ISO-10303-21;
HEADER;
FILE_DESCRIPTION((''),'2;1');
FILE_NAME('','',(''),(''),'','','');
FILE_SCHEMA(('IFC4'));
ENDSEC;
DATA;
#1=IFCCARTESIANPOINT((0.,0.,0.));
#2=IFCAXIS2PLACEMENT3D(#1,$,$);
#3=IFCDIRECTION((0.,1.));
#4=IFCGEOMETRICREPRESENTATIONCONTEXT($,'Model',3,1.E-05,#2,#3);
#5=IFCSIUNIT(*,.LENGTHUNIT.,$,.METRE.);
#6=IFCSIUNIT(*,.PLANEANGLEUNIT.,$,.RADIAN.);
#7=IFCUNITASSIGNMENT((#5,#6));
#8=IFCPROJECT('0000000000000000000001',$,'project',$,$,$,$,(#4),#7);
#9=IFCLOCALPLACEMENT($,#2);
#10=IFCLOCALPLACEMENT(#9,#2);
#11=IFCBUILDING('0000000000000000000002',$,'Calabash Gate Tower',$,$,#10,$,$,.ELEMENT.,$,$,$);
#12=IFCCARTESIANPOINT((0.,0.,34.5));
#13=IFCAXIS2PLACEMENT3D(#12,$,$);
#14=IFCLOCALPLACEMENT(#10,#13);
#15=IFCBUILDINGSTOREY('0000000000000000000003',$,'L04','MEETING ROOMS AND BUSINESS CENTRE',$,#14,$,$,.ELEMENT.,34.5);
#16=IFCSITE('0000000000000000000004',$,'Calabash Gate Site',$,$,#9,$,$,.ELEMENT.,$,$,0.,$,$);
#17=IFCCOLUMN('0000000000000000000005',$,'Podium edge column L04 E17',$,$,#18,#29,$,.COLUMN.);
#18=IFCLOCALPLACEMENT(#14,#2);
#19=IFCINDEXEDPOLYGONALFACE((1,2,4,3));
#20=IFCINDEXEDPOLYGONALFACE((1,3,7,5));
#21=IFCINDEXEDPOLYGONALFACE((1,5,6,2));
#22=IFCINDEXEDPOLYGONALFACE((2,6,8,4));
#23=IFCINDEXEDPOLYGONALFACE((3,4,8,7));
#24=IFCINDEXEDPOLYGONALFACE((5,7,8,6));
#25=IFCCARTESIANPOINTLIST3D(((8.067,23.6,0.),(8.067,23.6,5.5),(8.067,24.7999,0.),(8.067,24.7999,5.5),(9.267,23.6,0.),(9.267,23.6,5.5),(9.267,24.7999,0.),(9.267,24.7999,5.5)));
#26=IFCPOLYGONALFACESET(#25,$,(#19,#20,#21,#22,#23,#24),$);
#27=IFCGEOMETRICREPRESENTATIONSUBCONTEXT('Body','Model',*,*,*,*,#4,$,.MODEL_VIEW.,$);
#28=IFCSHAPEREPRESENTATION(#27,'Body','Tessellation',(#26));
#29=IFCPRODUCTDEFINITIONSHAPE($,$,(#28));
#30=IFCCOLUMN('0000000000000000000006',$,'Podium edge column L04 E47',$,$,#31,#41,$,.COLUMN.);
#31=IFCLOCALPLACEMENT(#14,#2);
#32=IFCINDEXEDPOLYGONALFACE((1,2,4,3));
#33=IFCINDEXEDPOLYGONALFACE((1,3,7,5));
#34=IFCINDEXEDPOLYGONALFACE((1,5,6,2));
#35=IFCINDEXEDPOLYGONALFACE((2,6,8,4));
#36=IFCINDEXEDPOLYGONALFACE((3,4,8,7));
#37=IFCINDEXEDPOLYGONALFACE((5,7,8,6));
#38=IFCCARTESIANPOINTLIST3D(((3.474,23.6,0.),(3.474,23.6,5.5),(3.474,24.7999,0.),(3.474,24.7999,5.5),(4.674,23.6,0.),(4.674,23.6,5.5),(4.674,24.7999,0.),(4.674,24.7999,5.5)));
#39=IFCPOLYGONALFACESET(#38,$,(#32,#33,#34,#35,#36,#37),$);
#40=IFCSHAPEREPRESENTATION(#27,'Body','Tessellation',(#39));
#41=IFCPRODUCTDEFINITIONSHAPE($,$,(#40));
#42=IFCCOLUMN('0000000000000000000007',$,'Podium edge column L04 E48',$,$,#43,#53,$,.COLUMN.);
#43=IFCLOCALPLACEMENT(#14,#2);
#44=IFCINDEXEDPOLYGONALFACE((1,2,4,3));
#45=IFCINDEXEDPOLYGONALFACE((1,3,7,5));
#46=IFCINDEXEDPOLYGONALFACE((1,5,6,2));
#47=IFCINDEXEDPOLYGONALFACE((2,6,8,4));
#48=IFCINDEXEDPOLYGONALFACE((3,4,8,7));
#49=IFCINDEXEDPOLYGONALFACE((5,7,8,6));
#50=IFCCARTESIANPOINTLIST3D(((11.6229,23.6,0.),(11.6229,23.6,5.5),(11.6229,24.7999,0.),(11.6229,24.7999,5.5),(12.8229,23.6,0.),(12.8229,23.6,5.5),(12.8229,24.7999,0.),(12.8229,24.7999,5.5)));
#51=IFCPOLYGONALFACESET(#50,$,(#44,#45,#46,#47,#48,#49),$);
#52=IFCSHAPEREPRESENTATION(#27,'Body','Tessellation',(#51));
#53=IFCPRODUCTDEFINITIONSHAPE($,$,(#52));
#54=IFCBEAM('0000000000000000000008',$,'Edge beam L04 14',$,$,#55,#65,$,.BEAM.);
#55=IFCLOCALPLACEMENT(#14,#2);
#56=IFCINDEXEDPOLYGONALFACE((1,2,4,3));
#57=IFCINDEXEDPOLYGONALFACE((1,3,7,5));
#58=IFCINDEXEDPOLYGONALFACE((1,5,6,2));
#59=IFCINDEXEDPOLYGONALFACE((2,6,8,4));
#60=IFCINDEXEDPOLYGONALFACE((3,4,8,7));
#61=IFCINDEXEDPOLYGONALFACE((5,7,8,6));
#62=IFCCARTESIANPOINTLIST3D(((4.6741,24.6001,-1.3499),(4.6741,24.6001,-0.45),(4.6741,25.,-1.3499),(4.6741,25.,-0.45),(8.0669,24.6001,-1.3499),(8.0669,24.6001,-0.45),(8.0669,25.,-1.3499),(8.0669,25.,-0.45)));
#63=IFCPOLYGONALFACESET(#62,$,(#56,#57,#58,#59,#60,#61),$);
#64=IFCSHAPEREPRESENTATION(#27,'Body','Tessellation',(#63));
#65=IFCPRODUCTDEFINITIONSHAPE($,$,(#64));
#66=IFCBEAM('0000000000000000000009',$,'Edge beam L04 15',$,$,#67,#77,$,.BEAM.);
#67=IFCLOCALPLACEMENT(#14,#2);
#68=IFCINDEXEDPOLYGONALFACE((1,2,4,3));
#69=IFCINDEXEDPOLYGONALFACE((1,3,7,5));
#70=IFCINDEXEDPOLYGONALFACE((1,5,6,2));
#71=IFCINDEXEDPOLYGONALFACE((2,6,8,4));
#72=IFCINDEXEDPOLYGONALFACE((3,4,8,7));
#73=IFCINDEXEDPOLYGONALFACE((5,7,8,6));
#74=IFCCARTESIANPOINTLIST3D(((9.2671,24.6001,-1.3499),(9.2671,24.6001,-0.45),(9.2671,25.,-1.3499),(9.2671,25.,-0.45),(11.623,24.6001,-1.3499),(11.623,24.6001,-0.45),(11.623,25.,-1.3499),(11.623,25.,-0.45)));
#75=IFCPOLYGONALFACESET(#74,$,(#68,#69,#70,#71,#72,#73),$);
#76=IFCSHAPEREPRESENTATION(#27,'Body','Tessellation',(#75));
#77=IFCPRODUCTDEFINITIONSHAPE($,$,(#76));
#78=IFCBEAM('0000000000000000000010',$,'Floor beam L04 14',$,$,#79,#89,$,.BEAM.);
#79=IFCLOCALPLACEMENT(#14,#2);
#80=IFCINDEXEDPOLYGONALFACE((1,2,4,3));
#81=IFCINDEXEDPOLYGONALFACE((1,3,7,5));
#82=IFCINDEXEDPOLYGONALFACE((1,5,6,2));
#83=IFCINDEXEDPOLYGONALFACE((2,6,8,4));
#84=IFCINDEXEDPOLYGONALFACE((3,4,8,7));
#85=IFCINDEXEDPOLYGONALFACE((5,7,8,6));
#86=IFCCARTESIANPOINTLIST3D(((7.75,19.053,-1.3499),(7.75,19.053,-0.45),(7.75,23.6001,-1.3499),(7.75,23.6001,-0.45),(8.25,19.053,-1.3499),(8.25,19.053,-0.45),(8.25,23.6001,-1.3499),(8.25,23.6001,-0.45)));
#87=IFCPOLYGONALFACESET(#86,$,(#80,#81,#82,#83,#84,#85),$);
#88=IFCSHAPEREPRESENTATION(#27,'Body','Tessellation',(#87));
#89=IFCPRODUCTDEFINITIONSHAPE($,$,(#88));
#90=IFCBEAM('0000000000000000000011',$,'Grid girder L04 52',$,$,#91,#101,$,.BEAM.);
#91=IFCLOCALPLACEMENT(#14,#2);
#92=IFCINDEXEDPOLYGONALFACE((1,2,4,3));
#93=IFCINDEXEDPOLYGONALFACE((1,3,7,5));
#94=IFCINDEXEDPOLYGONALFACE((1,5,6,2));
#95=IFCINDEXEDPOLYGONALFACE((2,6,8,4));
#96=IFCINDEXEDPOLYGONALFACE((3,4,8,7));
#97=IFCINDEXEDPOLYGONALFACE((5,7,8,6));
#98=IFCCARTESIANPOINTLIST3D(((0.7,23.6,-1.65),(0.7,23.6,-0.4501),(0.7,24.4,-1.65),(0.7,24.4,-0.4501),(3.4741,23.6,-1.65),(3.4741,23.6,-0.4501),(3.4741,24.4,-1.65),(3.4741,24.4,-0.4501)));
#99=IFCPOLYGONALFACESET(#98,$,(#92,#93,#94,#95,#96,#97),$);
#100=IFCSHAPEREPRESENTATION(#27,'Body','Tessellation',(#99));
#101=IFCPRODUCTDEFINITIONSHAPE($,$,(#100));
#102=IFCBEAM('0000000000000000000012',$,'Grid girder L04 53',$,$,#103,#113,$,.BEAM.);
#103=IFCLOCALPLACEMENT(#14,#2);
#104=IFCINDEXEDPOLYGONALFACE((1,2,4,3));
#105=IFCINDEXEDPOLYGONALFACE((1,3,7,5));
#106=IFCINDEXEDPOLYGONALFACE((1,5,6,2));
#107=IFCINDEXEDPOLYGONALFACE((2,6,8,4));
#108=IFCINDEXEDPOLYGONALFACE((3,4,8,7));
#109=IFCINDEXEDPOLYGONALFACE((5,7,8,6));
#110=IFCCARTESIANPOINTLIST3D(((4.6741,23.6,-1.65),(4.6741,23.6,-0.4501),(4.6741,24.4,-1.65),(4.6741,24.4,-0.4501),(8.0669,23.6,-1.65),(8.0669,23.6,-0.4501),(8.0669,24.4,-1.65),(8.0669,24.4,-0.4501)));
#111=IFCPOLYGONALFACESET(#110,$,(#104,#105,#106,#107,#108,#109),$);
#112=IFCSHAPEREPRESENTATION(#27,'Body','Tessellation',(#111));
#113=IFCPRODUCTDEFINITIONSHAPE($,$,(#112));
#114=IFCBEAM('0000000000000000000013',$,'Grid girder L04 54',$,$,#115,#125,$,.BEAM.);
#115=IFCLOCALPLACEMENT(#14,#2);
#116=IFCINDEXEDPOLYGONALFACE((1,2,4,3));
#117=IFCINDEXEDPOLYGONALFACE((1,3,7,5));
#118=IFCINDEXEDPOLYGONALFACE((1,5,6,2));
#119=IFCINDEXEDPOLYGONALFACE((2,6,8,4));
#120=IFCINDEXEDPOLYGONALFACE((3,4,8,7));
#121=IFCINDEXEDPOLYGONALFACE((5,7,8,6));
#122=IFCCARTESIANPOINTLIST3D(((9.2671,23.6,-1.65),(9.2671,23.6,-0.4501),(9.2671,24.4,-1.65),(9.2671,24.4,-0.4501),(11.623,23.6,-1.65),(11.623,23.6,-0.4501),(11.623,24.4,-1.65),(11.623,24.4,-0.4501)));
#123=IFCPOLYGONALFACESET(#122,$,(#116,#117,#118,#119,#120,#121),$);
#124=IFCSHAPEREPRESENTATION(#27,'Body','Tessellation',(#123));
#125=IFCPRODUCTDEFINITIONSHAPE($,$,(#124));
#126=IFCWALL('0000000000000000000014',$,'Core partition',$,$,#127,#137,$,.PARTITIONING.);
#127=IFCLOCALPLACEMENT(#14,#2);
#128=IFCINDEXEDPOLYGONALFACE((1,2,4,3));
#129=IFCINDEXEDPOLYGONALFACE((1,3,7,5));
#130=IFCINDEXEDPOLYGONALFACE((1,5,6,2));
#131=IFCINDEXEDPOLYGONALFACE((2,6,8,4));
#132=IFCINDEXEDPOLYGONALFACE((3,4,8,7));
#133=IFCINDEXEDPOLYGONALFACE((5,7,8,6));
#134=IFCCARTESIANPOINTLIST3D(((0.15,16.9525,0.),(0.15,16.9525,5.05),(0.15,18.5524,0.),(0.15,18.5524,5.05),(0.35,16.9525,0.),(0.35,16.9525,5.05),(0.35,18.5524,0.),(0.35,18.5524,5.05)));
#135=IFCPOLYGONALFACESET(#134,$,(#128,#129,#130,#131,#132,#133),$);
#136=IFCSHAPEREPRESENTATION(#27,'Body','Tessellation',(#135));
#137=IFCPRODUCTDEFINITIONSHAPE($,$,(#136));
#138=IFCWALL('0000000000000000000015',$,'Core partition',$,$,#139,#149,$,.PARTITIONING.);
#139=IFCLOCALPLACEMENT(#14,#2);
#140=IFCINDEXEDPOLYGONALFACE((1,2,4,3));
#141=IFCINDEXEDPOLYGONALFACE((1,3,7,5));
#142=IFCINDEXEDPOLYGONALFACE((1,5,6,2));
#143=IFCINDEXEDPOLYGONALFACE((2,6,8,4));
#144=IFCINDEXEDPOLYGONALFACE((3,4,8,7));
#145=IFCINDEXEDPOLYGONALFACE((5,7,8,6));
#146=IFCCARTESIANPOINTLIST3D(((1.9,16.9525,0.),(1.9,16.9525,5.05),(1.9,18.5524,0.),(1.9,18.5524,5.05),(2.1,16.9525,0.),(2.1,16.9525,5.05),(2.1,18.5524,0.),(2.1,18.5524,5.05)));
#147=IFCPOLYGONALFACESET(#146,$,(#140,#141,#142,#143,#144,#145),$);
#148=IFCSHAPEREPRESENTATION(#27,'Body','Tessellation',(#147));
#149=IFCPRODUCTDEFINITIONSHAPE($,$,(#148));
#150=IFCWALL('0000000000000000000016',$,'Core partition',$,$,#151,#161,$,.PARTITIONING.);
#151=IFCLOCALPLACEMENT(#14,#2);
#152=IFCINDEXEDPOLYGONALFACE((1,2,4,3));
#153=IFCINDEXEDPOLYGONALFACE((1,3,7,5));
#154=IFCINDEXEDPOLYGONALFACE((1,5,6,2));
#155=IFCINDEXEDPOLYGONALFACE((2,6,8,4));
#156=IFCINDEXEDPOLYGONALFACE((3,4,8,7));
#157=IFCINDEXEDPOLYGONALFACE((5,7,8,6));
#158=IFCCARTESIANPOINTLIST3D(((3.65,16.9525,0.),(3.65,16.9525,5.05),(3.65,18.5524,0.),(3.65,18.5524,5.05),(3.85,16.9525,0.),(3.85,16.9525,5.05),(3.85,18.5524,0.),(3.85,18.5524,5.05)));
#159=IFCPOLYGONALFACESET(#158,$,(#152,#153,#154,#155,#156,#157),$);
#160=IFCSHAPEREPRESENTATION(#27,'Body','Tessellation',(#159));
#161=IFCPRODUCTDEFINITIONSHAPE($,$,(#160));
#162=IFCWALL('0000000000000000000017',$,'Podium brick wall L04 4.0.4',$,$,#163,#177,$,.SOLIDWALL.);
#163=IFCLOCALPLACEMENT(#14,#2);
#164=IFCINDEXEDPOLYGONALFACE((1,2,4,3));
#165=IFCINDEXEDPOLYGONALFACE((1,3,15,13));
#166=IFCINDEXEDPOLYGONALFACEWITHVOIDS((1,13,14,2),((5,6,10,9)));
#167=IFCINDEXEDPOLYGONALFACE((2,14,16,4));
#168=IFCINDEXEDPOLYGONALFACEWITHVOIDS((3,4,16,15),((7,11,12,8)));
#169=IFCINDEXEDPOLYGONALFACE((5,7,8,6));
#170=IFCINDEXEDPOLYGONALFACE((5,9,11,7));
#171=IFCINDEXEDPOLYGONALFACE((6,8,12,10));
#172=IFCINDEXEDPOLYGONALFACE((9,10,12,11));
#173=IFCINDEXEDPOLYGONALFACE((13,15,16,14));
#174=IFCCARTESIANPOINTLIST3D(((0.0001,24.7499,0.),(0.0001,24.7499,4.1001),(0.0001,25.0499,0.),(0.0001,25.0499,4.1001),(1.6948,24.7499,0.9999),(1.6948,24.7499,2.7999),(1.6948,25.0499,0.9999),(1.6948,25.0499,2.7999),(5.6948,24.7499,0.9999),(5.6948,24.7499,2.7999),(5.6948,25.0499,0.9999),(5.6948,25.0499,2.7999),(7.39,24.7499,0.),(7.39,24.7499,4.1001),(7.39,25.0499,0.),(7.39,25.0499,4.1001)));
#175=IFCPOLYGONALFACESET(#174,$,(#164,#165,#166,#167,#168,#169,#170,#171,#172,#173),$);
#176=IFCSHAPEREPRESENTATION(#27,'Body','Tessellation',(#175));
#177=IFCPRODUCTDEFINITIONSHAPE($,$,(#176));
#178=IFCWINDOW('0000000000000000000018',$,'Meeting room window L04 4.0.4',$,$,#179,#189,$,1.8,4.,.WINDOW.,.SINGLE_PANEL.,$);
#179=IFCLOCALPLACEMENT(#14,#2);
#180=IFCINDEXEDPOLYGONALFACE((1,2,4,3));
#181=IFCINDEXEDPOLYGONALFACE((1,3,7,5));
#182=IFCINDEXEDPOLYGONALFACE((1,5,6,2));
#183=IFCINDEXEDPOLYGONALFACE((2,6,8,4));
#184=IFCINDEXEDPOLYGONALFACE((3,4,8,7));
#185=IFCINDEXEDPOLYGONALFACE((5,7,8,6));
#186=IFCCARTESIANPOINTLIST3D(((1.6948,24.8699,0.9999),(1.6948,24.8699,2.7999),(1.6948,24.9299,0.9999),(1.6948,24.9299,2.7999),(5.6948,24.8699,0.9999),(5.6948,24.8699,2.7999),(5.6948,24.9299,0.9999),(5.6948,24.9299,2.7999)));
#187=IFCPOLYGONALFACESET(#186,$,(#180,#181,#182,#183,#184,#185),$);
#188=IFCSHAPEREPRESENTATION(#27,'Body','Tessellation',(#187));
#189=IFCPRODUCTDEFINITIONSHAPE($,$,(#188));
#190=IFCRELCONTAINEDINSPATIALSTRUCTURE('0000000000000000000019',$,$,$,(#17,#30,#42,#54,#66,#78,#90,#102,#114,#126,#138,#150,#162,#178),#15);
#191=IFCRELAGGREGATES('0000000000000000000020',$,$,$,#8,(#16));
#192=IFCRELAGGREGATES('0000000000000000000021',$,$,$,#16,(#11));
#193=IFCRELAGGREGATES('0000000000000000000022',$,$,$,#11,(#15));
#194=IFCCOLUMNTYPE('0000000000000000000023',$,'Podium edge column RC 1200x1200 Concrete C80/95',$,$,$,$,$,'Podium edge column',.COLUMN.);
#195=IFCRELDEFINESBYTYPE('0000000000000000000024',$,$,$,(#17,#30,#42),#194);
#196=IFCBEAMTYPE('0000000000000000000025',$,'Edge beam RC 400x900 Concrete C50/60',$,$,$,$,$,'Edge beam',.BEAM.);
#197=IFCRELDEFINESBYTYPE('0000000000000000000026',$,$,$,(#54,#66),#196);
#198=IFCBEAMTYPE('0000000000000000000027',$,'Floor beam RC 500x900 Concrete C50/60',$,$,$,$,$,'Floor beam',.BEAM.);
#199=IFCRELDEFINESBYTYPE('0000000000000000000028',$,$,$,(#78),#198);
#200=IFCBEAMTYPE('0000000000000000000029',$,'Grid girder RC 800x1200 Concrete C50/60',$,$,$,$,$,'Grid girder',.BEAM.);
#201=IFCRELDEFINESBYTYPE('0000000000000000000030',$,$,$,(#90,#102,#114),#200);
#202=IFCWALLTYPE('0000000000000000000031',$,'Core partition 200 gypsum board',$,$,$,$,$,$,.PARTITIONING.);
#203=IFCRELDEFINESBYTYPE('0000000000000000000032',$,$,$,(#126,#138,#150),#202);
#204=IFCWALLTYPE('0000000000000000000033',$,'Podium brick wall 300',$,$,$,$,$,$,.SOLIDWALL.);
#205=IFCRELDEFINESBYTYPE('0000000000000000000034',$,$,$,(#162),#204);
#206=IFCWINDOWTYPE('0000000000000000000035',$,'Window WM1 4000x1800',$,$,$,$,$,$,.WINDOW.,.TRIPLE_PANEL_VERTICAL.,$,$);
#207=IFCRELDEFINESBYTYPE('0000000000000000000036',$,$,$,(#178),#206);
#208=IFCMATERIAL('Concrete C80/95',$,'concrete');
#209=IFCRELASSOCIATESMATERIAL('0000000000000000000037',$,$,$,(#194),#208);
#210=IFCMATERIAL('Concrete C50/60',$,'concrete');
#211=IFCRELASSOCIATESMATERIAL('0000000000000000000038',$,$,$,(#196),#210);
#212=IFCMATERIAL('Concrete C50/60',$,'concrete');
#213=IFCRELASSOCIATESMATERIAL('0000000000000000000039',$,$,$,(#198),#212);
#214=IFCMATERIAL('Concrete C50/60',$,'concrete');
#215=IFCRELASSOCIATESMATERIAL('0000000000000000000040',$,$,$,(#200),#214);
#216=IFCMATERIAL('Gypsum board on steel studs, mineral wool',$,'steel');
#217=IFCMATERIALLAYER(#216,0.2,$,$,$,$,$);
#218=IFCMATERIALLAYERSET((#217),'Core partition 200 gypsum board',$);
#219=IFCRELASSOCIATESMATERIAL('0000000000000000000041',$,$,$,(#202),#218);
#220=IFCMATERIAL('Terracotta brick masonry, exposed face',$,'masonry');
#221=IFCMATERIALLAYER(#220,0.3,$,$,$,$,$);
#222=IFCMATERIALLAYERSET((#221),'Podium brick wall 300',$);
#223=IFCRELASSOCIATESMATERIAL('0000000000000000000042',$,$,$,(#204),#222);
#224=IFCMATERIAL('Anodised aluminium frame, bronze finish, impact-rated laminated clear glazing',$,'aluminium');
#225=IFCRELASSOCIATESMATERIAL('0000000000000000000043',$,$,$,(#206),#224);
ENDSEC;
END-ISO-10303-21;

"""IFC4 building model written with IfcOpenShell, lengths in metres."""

from ifc_helpers import new_model, si_unit, direction, frame, frame_2d, origin, origin_2d, place, context, subcontext, project, spatial, rectangle, extrude, material, layer, layer_set, material_profile, profile_set, type_object, element, fill, save


model = new_model("IFC4")

# Units and contexts
model_context = context("Model", 3, precision=1e-05, world=origin(), true_north=direction((0.0, 1.0)))
body_context = subcontext(model_context, "Body", "Model", "MODEL_VIEW")
ifc_project = project(units=[si_unit("LENGTHUNIT", "METRE"), si_unit("PLANEANGLEUNIT", "RADIAN")], contexts=[model_context])

# Site, building, storey
site_placement = place(None, origin())
site = spatial("IfcSite", under=ifc_project, at=site_placement, Name="Calabash Gate Site", CompositionType="ELEMENT", RefElevation=0.0)
building_placement = place(site_placement, origin())
building = spatial("IfcBuilding", under=site, at=building_placement, Name="Calabash Gate Tower", CompositionType="ELEMENT")
storey_placement = place(building_placement, frame((0.0, 0.0, 34.5)))
storey = spatial("IfcBuildingStorey", under=building, at=storey_placement, Name="L04", Description="MEETING ROOMS AND BUSINESS CENTRE", CompositionType="ELEMENT", Elevation=34.5)

# Columns
ifc_material_1 = material(Name="Concrete C80/95", Category="concrete")
ifc_material_profile_1 = material_profile(ifc_material_1, rectangle(XDim=1.2, YDim=1.2, at=origin_2d()))
ifc_profile_set_1 = profile_set([ifc_material_profile_1], Name="Concrete C80/95")
column_type = type_object("IfcColumnType", Name="Podium edge column RC 1200x1200 Concrete C80/95", ElementType="Podium edge column", PredefinedType="COLUMN", material=ifc_profile_set_1)
for number, where, z_axis, x_axis, name in (
    (1, (8.667, 24.2, 0.0), (0.0, 0.0, 1.0), (1.0, 0.0, 0.0), "Podium edge column L04 E17"),
    (2, (4.074, 24.2, 0.0), (0.0, 0.0, 1.0), (1.0, 0.0, 0.0), "Podium edge column L04 E47"),
    (3, (12.2229, 24.2, 0.0), (0.0, 0.0, 1.0), (1.0, 0.0, 0.0), "Podium edge column L04 E48"),
):
    element("IfcColumn", number, at=place(storey_placement, frame(where, z_axis=z_axis, x_axis=x_axis)), inside=storey, type_object=column_type, Name=name, PredefinedType="COLUMN", context=body_context, shape_type="SweptSolid", body=[
        extrude(rectangle(XDim=1.2, YDim=1.2, at=origin_2d()), origin(), (0.0, 0.0, 1.0), 5.5),
    ])

# Beams
ifc_material_2 = material(Name="Concrete C50/60", Category="concrete")
ifc_material_profile_2 = material_profile(ifc_material_2, rectangle(XDim=0.3999, YDim=0.8999, at=origin_2d()))
ifc_profile_set_2 = profile_set([ifc_material_profile_2], Name="Concrete C50/60")
beam_type_1 = type_object("IfcBeamType", Name="Edge beam RC 400x900 Concrete C50/60", ElementType="Edge beam", PredefinedType="BEAM", material=ifc_profile_set_2)
beam_1_placement = place(storey_placement, frame((4.6741, 24.8, -0.8999), z_axis=(1.0, 0.0, 0.0), x_axis=(0.0, 1.0, 0.0)))
element("IfcBeam", 4, at=beam_1_placement, inside=storey, type_object=beam_type_1, Name="Edge beam L04 14", PredefinedType="BEAM", context=body_context, shape_type="SweptSolid", body=[
    extrude(rectangle(XDim=0.3999, YDim=0.8999, at=origin_2d()), origin(), (0.0, 0.0, 1.0), 3.3928),
])
beam_2_placement = place(storey_placement, frame((9.2671, 24.8, -0.8999), z_axis=(1.0, 0.0, 0.0), x_axis=(0.0, 1.0, 0.0)))
element("IfcBeam", 5, at=beam_2_placement, inside=storey, type_object=beam_type_1, Name="Edge beam L04 15", PredefinedType="BEAM", context=body_context, shape_type="SweptSolid", body=[
    extrude(rectangle(XDim=0.3999, YDim=0.8999, at=origin_2d()), origin(), (0.0, 0.0, 1.0), 2.356),
])
ifc_material_3 = material(Name="Concrete C50/60", Category="concrete")
ifc_material_profile_3 = material_profile(ifc_material_3, rectangle(XDim=0.5, YDim=0.8999, at=origin_2d()))
ifc_profile_set_3 = profile_set([ifc_material_profile_3], Name="Concrete C50/60")
beam_type_2 = type_object("IfcBeamType", Name="Floor beam RC 500x900 Concrete C50/60", ElementType="Floor beam", PredefinedType="BEAM", material=ifc_profile_set_3)
beam_3_placement = place(storey_placement, frame((8.0, 19.053, -0.8999), z_axis=(0.0, 1.0, 0.0), x_axis=(-1.0, 0.0, 0.0)))
element("IfcBeam", 6, at=beam_3_placement, inside=storey, type_object=beam_type_2, Name="Floor beam L04 14", PredefinedType="BEAM", context=body_context, shape_type="SweptSolid", body=[
    extrude(rectangle(XDim=0.5, YDim=0.8999, at=origin_2d()), origin(), (0.0, 0.0, 1.0), 4.5471),
])
ifc_material_4 = material(Name="Concrete C50/60", Category="concrete")
ifc_material_profile_4 = material_profile(ifc_material_4, rectangle(XDim=0.8, YDim=1.2, at=origin_2d()))
ifc_profile_set_4 = profile_set([ifc_material_profile_4], Name="Concrete C50/60")
beam_type_3 = type_object("IfcBeamType", Name="Grid girder RC 800x1200 Concrete C50/60", ElementType="Grid girder", PredefinedType="BEAM", material=ifc_profile_set_4)
beam_4_placement = place(storey_placement, frame((0.7, 24.0, -1.05), z_axis=(1.0, 0.0, 0.0), x_axis=(0.0, 1.0, 0.0)))
element("IfcBeam", 7, at=beam_4_placement, inside=storey, type_object=beam_type_3, Name="Grid girder L04 52", PredefinedType="BEAM", context=body_context, shape_type="SweptSolid", body=[
    extrude(rectangle(XDim=0.8, YDim=1.2, at=origin_2d()), origin(), (0.0, 0.0, 1.0), 2.7742),
])
beam_5_placement = place(storey_placement, frame((4.6741, 24.0, -1.05), z_axis=(1.0, 0.0, 0.0), x_axis=(0.0, 1.0, 0.0)))
element("IfcBeam", 8, at=beam_5_placement, inside=storey, type_object=beam_type_3, Name="Grid girder L04 53", PredefinedType="BEAM", context=body_context, shape_type="SweptSolid", body=[
    extrude(rectangle(XDim=0.8, YDim=1.2, at=origin_2d()), origin(), (0.0, 0.0, 1.0), 3.3928),
])
beam_6_placement = place(storey_placement, frame((9.2671, 24.0, -1.05), z_axis=(1.0, 0.0, 0.0), x_axis=(0.0, 1.0, 0.0)))
element("IfcBeam", 9, at=beam_6_placement, inside=storey, type_object=beam_type_3, Name="Grid girder L04 54", PredefinedType="BEAM", context=body_context, shape_type="SweptSolid", body=[
    extrude(rectangle(XDim=0.8, YDim=1.2, at=origin_2d()), origin(), (0.0, 0.0, 1.0), 2.356),
])

# Walls
ifc_material_5 = material(Name="Gypsum board on steel studs, mineral wool", Category="steel")
ifc_layer_1 = layer(ifc_material_5, 0.2)
ifc_layer_set_1 = layer_set([ifc_layer_1], Name="Core partition 200 gypsum board")
wall_type_1 = type_object("IfcWallType", Name="Core partition 200 gypsum board", PredefinedType="PARTITIONING", material=ifc_layer_set_1)
for number, where, z_axis, x_axis, name in (
    (10, (0.25, 16.9526, 0.0), (0.0, 0.0, 1.0), (0.0, 1.0, 0.0), "Core partition"),
    (11, (2.0, 16.9526, 0.0), (0.0, 0.0, 1.0), (0.0, 1.0, 0.0), "Core partition"),
    (12, (3.75, 16.9526, 0.0), (0.0, 0.0, 1.0), (0.0, 1.0, 0.0), "Core partition"),
):
    element("IfcWall", number, at=place(storey_placement, frame(where, z_axis=z_axis, x_axis=x_axis)), inside=storey, type_object=wall_type_1, Name=name, PredefinedType="PARTITIONING", context=body_context, shape_type="SweptSolid", body=[
        extrude(rectangle(XDim=1.5999, YDim=0.2, at=frame_2d((0.7998, 0.0))), origin(), (0.0, 0.0, 1.0), 5.05),
    ])

# Wall, opening, window
ifc_material_6 = material(Name="Terracotta brick masonry, exposed face", Category="masonry")
ifc_layer_2 = layer(ifc_material_6, 0.3)
ifc_layer_set_2 = layer_set([ifc_layer_2], Name="Podium brick wall 300")
wall_type_2 = type_object("IfcWallType", Name="Podium brick wall 300", PredefinedType="SOLIDWALL", material=ifc_layer_set_2)
wall_1_placement = place(storey_placement, frame((7.3899, 24.8999, 0.0), z_axis=(0.0, 0.0, 1.0), x_axis=(-1.0, 0.0, 0.0)))
wall_1 = element("IfcWall", 13, at=wall_1_placement, inside=storey, type_object=wall_type_2, Name="Podium brick wall L04 4.0.4", PredefinedType="SOLIDWALL", context=body_context, shape_type="SweptSolid", body=[
    extrude(rectangle(XDim=7.3899, YDim=0.3, at=frame_2d((3.6948, 0.0))), origin(), (0.0, 0.0, 1.0), 4.1001),
])
opening_1_placement = place(wall_1_placement, frame((1.6951, 0.0, 1.0)))
opening_1 = element("IfcOpeningElement", 14, at=opening_1_placement, cuts=wall_1, PredefinedType="OPENING", context=body_context, shape_type="SweptSolid", body=[
    extrude(rectangle(XDim=4.0, YDim=1.8, at=frame_2d((2.0, 0.8999))), frame((0.0, 0.1599, 0.0), z_axis=(0.0, -1.0, 0.0), x_axis=(1.0, 0.0, 0.0)), (0.0, 0.0, 1.0), 0.3201),
])
ifc_material_7 = material(Name="Anodised aluminium frame, bronze finish, impact-rated laminated clear glazing", Category="aluminium")
window_type = type_object("IfcWindowType", Name="Window WM1 4000x1800", PartitioningType="TRIPLE_PANEL_VERTICAL", PredefinedType="WINDOW", material=ifc_material_7)
window_placement = place(opening_1_placement, origin())
window = element("IfcWindow", 15, at=window_placement, inside=storey, type_object=window_type, Name="Meeting room window L04 4.0.4", OverallHeight=1.8, OverallWidth=4.0, PartitioningType="SINGLE_PANEL", PredefinedType="WINDOW", context=body_context, shape_type="SweptSolid", body=[
    extrude(rectangle(XDim=4.0, YDim=1.8, at=frame_2d((2.0, 0.8999))), frame((0.0, 0.03, 0.0), z_axis=(0.0, -1.0, 0.0), x_axis=(1.0, 0.0, 0.0)), (0.0, 0.0, 1.0), 0.0601),
])
fill(opening_1, window)

save(model, "model.ifc")
